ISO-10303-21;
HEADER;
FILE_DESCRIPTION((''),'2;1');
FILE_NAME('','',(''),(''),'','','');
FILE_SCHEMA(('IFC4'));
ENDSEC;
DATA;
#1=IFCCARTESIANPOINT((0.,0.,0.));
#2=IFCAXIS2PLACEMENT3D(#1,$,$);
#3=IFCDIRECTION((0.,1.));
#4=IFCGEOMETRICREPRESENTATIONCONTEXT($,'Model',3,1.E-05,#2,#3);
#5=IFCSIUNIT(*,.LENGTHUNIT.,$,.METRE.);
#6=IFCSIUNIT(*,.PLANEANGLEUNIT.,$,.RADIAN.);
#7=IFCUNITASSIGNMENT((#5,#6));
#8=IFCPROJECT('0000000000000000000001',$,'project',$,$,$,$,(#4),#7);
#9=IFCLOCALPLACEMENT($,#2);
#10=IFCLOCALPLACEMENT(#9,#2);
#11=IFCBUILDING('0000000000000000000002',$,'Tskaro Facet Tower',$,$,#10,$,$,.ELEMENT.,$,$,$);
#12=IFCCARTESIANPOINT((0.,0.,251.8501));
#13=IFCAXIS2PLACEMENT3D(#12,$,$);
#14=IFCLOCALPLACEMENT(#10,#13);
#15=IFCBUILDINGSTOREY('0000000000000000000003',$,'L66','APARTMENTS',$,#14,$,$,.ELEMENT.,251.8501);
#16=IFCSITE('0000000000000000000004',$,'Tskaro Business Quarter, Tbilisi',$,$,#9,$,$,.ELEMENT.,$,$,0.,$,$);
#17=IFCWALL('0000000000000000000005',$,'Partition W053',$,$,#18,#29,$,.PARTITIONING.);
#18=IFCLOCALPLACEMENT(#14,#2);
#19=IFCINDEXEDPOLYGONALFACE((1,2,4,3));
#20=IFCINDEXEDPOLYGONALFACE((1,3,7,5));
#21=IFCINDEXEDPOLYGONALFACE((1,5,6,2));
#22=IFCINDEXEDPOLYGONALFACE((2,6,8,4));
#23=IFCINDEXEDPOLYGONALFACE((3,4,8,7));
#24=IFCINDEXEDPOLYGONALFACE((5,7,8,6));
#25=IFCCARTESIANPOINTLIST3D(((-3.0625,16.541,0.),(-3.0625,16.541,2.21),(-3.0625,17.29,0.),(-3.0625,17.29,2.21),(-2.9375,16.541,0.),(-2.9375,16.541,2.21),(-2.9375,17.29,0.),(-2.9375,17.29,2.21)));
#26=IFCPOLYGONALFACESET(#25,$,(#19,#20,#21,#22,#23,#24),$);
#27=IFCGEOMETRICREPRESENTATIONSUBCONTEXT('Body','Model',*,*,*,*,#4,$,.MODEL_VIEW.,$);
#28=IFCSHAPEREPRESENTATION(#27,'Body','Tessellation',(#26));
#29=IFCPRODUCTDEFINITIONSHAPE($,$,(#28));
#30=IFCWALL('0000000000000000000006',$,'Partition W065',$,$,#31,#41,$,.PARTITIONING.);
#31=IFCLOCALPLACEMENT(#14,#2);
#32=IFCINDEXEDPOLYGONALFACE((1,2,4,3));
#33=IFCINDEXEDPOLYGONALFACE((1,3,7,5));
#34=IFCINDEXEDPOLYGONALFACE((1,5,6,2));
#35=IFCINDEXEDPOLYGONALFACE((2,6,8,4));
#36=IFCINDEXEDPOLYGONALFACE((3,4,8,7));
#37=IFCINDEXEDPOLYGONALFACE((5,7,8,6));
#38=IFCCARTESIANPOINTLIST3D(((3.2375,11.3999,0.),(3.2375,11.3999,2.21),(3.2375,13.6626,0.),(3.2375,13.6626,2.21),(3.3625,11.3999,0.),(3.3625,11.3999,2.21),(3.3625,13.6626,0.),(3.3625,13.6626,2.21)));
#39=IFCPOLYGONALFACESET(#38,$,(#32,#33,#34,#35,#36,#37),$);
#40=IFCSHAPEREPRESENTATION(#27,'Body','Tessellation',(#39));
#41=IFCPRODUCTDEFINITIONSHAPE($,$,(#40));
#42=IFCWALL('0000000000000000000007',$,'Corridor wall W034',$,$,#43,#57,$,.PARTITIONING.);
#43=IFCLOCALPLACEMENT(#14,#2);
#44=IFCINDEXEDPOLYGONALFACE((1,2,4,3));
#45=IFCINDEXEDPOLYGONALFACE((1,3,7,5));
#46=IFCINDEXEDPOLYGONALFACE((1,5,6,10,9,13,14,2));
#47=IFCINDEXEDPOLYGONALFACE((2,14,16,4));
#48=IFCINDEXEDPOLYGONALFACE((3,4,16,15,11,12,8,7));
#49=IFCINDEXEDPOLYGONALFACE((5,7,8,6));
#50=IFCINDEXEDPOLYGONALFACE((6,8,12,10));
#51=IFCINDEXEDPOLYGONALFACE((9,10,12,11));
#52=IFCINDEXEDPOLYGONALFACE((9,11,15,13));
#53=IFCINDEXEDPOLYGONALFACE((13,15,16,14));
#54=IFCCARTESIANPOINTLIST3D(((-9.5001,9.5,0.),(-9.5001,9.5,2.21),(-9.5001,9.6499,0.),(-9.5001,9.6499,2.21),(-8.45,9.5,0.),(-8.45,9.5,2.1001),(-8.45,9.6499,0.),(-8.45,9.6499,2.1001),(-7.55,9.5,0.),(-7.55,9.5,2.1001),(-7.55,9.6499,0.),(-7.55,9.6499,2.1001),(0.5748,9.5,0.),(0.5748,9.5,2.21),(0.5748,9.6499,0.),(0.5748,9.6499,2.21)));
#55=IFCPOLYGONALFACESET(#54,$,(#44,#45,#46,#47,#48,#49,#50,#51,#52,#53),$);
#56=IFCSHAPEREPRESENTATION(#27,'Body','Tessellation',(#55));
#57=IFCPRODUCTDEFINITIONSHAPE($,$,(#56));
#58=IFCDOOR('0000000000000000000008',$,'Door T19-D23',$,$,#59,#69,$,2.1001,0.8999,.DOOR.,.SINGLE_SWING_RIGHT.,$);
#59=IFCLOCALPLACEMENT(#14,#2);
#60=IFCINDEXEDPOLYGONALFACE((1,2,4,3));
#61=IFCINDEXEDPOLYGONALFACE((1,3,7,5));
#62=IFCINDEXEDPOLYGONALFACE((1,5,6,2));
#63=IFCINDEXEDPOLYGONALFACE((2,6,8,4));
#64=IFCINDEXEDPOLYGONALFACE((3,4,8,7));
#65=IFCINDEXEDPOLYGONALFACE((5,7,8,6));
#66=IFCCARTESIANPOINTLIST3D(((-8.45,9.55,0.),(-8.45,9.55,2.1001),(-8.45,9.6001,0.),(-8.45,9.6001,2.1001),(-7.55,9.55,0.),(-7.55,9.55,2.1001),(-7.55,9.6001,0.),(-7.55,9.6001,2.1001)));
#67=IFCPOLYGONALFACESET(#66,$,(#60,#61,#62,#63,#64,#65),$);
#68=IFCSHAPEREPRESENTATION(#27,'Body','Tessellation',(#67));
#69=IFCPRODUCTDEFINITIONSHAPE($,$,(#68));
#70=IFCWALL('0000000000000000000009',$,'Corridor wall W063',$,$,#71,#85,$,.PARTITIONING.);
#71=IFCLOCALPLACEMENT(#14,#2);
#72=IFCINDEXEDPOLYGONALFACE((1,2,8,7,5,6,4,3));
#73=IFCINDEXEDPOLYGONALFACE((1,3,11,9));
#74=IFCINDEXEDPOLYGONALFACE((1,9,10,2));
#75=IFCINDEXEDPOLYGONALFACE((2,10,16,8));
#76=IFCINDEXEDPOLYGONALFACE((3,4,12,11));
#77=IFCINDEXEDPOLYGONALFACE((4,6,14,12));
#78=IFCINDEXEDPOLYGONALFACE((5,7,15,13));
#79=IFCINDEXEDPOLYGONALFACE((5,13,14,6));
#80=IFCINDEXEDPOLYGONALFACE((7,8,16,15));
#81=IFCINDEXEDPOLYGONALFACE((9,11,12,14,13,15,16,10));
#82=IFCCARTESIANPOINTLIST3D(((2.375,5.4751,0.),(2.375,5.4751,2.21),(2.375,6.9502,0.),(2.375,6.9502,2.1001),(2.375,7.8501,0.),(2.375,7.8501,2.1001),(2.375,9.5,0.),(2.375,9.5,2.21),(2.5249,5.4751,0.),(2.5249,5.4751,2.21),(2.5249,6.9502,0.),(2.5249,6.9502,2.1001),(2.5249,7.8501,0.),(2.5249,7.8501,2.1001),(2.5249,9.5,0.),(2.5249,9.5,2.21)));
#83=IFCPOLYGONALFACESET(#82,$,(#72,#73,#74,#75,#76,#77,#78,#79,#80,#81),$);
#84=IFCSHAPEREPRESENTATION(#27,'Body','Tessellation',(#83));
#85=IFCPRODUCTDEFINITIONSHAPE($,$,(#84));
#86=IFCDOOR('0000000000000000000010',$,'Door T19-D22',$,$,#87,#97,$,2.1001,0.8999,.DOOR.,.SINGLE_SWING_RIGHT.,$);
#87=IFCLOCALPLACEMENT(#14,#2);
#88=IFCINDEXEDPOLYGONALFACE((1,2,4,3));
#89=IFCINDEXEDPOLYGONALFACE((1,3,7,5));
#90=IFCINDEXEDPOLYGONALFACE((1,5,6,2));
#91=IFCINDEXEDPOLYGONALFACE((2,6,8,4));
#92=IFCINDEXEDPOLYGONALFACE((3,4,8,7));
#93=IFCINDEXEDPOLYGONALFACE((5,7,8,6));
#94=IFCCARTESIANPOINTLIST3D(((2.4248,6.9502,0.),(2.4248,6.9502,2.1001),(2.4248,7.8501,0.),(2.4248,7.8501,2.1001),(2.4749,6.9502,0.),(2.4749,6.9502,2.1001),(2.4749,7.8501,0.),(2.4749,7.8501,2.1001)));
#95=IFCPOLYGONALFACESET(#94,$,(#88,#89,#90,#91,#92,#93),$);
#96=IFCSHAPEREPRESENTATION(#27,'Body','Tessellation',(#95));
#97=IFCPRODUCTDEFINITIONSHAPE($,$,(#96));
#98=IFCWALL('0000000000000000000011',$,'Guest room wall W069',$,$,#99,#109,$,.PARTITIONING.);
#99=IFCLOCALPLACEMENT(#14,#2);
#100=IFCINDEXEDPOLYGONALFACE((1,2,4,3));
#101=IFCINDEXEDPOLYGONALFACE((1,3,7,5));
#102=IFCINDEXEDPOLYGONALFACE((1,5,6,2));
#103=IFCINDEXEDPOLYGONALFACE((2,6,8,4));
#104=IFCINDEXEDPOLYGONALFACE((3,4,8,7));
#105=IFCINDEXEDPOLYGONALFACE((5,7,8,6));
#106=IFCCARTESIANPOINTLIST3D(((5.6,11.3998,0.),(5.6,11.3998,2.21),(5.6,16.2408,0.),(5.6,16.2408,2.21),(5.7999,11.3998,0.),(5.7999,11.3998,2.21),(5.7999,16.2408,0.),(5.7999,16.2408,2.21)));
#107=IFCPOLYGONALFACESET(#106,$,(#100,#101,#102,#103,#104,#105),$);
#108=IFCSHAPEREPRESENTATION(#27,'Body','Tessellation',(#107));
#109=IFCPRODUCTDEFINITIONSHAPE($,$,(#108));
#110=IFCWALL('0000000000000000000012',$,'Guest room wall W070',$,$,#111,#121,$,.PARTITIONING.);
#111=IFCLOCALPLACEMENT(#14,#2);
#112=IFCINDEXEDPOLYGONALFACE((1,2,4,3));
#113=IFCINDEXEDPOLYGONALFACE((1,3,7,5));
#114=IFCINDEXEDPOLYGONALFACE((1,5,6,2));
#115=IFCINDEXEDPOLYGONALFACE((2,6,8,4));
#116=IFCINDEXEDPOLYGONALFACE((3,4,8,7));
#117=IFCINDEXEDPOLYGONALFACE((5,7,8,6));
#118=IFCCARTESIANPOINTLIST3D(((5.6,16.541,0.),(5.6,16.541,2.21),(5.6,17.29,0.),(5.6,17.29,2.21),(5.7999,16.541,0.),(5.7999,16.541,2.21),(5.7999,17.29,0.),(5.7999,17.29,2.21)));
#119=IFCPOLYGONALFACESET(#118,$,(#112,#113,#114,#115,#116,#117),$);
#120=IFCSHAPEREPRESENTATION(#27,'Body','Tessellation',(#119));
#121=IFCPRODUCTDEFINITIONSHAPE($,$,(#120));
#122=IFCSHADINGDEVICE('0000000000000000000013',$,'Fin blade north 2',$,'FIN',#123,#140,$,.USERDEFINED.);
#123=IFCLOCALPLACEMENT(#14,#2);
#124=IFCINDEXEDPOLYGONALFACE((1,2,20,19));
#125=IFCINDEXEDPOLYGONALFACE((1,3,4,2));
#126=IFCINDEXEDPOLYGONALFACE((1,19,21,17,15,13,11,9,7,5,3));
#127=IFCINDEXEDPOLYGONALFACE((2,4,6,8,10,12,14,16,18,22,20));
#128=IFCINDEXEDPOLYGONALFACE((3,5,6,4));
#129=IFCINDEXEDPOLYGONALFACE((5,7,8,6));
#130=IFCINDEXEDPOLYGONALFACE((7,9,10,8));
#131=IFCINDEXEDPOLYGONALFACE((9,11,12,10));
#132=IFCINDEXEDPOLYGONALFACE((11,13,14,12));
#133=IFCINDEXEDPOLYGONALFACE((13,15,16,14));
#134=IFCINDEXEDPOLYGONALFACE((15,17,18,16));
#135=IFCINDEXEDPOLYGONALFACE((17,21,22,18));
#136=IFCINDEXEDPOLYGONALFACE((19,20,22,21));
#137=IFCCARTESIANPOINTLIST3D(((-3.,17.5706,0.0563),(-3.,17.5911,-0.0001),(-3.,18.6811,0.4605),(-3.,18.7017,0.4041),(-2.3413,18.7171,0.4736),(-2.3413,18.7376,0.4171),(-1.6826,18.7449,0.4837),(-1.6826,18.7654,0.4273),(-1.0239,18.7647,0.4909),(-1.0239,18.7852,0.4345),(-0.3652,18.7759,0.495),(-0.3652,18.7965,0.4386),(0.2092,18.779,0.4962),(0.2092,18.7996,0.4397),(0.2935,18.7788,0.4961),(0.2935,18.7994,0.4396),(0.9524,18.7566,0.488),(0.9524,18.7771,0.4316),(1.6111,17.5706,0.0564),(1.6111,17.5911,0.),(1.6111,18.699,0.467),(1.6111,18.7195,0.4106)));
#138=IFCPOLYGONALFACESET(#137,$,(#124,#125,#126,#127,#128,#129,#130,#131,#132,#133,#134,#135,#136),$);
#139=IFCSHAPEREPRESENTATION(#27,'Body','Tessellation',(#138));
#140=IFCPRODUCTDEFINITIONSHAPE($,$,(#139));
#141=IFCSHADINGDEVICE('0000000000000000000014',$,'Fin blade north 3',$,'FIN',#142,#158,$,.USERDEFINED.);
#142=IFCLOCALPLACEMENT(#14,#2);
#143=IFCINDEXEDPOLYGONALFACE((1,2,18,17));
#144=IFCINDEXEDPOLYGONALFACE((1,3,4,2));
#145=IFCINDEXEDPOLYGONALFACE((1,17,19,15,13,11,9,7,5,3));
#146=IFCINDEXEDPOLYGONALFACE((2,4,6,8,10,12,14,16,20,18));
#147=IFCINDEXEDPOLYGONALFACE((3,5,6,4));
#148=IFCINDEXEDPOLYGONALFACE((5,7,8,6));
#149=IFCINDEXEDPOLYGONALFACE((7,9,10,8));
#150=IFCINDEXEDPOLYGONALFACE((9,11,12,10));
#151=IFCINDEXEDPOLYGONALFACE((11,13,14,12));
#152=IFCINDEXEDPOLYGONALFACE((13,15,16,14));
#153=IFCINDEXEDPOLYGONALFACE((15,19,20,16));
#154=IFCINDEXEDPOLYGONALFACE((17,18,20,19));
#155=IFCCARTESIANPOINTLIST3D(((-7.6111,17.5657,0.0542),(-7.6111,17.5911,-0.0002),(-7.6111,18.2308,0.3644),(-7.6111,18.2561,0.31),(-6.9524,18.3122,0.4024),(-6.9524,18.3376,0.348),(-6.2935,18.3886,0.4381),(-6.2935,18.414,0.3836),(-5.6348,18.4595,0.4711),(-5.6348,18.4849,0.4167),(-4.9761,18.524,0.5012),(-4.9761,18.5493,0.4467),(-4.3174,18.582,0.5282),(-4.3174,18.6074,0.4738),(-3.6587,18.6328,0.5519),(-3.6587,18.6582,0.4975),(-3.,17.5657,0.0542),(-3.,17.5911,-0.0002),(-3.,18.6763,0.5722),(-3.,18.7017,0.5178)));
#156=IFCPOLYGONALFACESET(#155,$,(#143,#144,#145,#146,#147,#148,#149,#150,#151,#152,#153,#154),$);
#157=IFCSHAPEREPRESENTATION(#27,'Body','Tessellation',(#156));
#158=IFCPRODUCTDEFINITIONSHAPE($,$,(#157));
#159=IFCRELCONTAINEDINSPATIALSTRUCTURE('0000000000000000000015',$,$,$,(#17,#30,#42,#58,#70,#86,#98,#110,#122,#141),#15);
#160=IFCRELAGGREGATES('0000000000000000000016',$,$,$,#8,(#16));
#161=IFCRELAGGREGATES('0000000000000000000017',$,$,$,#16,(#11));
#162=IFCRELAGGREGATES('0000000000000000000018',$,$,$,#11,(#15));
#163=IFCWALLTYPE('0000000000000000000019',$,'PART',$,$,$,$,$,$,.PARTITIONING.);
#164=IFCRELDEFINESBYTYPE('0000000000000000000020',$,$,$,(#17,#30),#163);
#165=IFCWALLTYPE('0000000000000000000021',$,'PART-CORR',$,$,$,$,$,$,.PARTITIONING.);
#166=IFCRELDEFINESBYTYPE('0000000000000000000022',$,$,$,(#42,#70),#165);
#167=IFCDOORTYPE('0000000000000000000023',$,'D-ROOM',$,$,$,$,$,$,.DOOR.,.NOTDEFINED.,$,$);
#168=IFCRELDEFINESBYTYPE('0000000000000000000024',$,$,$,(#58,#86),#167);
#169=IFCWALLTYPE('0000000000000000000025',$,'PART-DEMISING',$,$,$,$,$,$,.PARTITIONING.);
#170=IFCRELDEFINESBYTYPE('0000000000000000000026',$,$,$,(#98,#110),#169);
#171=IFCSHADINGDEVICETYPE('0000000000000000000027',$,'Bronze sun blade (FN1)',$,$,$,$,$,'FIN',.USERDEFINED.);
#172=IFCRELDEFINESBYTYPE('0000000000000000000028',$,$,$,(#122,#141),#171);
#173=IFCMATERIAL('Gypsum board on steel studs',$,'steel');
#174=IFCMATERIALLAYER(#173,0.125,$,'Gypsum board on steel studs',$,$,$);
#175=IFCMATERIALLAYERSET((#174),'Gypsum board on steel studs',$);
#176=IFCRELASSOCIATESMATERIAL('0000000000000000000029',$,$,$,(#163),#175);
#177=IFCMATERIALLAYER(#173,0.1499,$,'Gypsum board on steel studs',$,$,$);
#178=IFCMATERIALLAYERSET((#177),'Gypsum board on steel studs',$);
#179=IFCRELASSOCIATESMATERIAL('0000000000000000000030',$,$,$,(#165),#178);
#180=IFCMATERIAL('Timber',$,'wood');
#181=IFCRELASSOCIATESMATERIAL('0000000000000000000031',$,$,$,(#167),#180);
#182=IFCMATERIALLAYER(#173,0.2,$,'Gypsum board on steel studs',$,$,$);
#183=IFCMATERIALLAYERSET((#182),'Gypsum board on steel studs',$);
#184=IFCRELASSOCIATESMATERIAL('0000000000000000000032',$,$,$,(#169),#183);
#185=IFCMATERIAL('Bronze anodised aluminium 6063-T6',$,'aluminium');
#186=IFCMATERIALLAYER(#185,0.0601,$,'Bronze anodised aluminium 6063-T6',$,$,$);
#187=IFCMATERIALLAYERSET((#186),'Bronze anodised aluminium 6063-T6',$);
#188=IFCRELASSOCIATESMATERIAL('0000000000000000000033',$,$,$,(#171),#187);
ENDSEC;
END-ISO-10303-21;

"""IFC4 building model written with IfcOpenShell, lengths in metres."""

from ifc_helpers import new_model, si_unit, direction, frame, frame_2d, origin, place, context, subcontext, project, spatial, polyline, rectangle, outline, extrude, material, layer, layer_set, type_object, element, fill, save


model = new_model("IFC4")

# Units and contexts
model_context = context("Model", 3, precision=1e-05, world=origin(), true_north=direction((0.0, 1.0)))
body_context = subcontext(model_context, "Body", "Model", "MODEL_VIEW")
ifc_project = project(units=[si_unit("LENGTHUNIT", "METRE"), si_unit("PLANEANGLEUNIT", "RADIAN")], contexts=[model_context])

# Site, building, storey
site_placement = place(None, origin())
site = spatial("IfcSite", under=ifc_project, at=site_placement, Name="Tskaro Business Quarter, Tbilisi", CompositionType="ELEMENT", RefElevation=0.0)
building_placement = place(site_placement, origin())
building = spatial("IfcBuilding", under=site, at=building_placement, Name="Tskaro Facet Tower", CompositionType="ELEMENT")
storey_placement = place(building_placement, frame((0.0, 0.0, 251.8501)))
storey = spatial("IfcBuildingStorey", under=building, at=storey_placement, Name="L66", Description="APARTMENTS", CompositionType="ELEMENT", Elevation=251.8501)

# Shared definitions
ifc_material_1 = material(Name="Bronze anodised aluminium 6063-T6", Category="aluminium")

# Walls
ifc_material_2 = material(Name="Gypsum board on steel studs", Category="steel")
ifc_layer_1 = layer(ifc_material_2, 0.125, Name="Gypsum board on steel studs")
ifc_layer_set_1 = layer_set([ifc_layer_1], Name="Gypsum board on steel studs")
wall_type_1 = type_object("IfcWallType", Name="PART", PredefinedType="PARTITIONING", material=ifc_layer_set_1)
wall_1_placement = place(storey_placement, frame((-3.0, 16.541, 0.0), z_axis=(0.0, 0.0, 1.0), x_axis=(0.0, 1.0, 0.0)))
element("IfcWall", 1, at=wall_1_placement, inside=storey, type_object=wall_type_1, Name="Partition W053", PredefinedType="PARTITIONING", context=body_context, shape_type="SweptSolid", body=[
    extrude(rectangle(XDim=0.749, YDim=0.125, at=frame_2d((0.3745, 0.0))), origin(), (0.0, 0.0, 1.0), 2.21),
])
wall_2_placement = place(storey_placement, frame((3.3, 11.3999, 0.0), z_axis=(0.0, 0.0, 1.0), x_axis=(0.0, 1.0, 0.0)))
element("IfcWall", 2, at=wall_2_placement, inside=storey, type_object=wall_type_1, Name="Partition W065", PredefinedType="PARTITIONING", context=body_context, shape_type="SweptSolid", body=[
    extrude(rectangle(XDim=2.2627, YDim=0.125, at=frame_2d((1.1313, 0.0))), origin(), (0.0, 0.0, 1.0), 2.21),
])

# Walls, openings, doors
ifc_layer_2 = layer(ifc_material_2, 0.1499, Name="Gypsum board on steel studs")
ifc_layer_set_2 = layer_set([ifc_layer_2], Name="Gypsum board on steel studs")
wall_type_2 = type_object("IfcWallType", Name="PART-CORR", PredefinedType="PARTITIONING", material=ifc_layer_set_2)
wall_3_placement = place(storey_placement, frame((0.575, 9.575, 0.0), z_axis=(0.0, 0.0, 1.0), x_axis=(-1.0, 0.0, 0.0)))
wall_3 = element("IfcWall", 3, at=wall_3_placement, inside=storey, type_object=wall_type_2, Name="Corridor wall W034", PredefinedType="PARTITIONING", context=body_context, shape_type="SweptSolid", body=[
    extrude(rectangle(XDim=10.075, YDim=0.1499, at=frame_2d((5.0376, 0.0))), origin(), (0.0, 0.0, 1.0), 2.21),
])
opening_1_placement = place(wall_3_placement, frame((8.125, 0.0, 0.0)))
opening_1 = element("IfcOpeningElement", 4, at=opening_1_placement, cuts=wall_3, PredefinedType="OPENING", context=body_context, shape_type="SweptSolid", body=[
    extrude(rectangle(XDim=0.8999, YDim=2.1001, at=frame_2d((0.45, 1.05))), frame((0.0, 0.085, 0.0), z_axis=(0.0, -1.0, 0.0), x_axis=(1.0, 0.0, 0.0)), (0.0, 0.0, 1.0), 0.1699),
])
ifc_material_3 = material(Name="Timber", Category="wood")
door_type = type_object("IfcDoorType", Name="D-ROOM", OperationType="NOTDEFINED", PredefinedType="DOOR", material=ifc_material_3)
door_1_placement = place(opening_1_placement, origin())
door_1 = element("IfcDoor", 5, at=door_1_placement, inside=storey, type_object=door_type, Name="Door T19-D23", OperationType="SINGLE_SWING_RIGHT", OverallHeight=2.1001, OverallWidth=0.8999, PredefinedType="DOOR", context=body_context, shape_type="SweptSolid", body=[
    extrude(rectangle(XDim=0.8999, YDim=2.1001, at=frame_2d((0.45, 1.05))), frame((0.0, 0.0249, 0.0), z_axis=(0.0, -1.0, 0.0), x_axis=(1.0, 0.0, 0.0)), (0.0, 0.0, 1.0), 0.05),
])
fill(opening_1, door_1)
wall_4_placement = place(storey_placement, frame((2.45, 9.5, 0.0), z_axis=(0.0, 0.0, 1.0), x_axis=(0.0, -1.0, 0.0)))
wall_4 = element("IfcWall", 6, at=wall_4_placement, inside=storey, type_object=wall_type_2, Name="Corridor wall W063", PredefinedType="PARTITIONING", context=body_context, shape_type="SweptSolid", body=[
    extrude(rectangle(XDim=4.0249, YDim=0.1499, at=frame_2d((2.0125, 0.0))), origin(), (0.0, 0.0, 1.0), 2.21),
])
opening_2_placement = place(wall_4_placement, frame((1.6499, 0.0, 0.0)))
opening_2 = element("IfcOpeningElement", 7, at=opening_2_placement, cuts=wall_4, PredefinedType="OPENING", context=body_context, shape_type="SweptSolid", body=[
    extrude(rectangle(XDim=0.8999, YDim=2.1001, at=frame_2d((0.45, 1.05))), frame((0.0, 0.085, 0.0), z_axis=(0.0, -1.0, 0.0), x_axis=(1.0, 0.0, 0.0)), (0.0, 0.0, 1.0), 0.1699),
])
door_2_placement = place(opening_2_placement, origin())
door_2 = element("IfcDoor", 8, at=door_2_placement, inside=storey, type_object=door_type, Name="Door T19-D22", OperationType="SINGLE_SWING_RIGHT", OverallHeight=2.1001, OverallWidth=0.8999, PredefinedType="DOOR", context=body_context, shape_type="SweptSolid", body=[
    extrude(rectangle(XDim=0.8999, YDim=2.1001, at=frame_2d((0.45, 1.05))), frame((0.0, 0.0249, 0.0), z_axis=(0.0, -1.0, 0.0), x_axis=(1.0, 0.0, 0.0)), (0.0, 0.0, 1.0), 0.05),
])
fill(opening_2, door_2)

# Walls
ifc_layer_3 = layer(ifc_material_2, 0.2, Name="Gypsum board on steel studs")
ifc_layer_set_3 = layer_set([ifc_layer_3], Name="Gypsum board on steel studs")
wall_type_3 = type_object("IfcWallType", Name="PART-DEMISING", PredefinedType="PARTITIONING", material=ifc_layer_set_3)
wall_5_placement = place(storey_placement, frame((5.7, 11.3999, 0.0), z_axis=(0.0, 0.0, 1.0), x_axis=(0.0, 1.0, 0.0)))
element("IfcWall", 9, at=wall_5_placement, inside=storey, type_object=wall_type_3, Name="Guest room wall W069", PredefinedType="PARTITIONING", context=body_context, shape_type="SweptSolid", body=[
    extrude(rectangle(XDim=4.8411, YDim=0.2, at=frame_2d((2.4204, 0.0))), origin(), (0.0, 0.0, 1.0), 2.21),
])
wall_6_placement = place(storey_placement, frame((5.7, 16.541, 0.0), z_axis=(0.0, 0.0, 1.0), x_axis=(0.0, 1.0, 0.0)))
element("IfcWall", 10, at=wall_6_placement, inside=storey, type_object=wall_type_3, Name="Guest room wall W070", PredefinedType="PARTITIONING", context=body_context, shape_type="SweptSolid", body=[
    extrude(rectangle(XDim=0.749, YDim=0.2, at=frame_2d((0.3745, 0.0))), origin(), (0.0, 0.0, 1.0), 2.21),
])

# Shading devices
ifc_layer_4 = layer(ifc_material_1, 0.0601, Name="Bronze anodised aluminium 6063-T6")
ifc_layer_set_4 = layer_set([ifc_layer_4], Name="Bronze anodised aluminium 6063-T6")
shading_device_type = type_object("IfcShadingDeviceType", Name="Bronze sun blade (FN1)", ElementType="FIN", PredefinedType="USERDEFINED", material=ifc_layer_set_4)
shading_device_1_placement = place(storey_placement, frame((1.6111, 17.5706, 0.0564), z_axis=(-0.000011, -0.341967, 0.939712), x_axis=(-1.0, 0.000004, -0.00001)))
element("IfcShadingDevice", 11, at=shading_device_1_placement, inside=storey, type_object=shading_device_type, Name="Fin blade north 2", ObjectType="FIN", PredefinedType="USERDEFINED", context=body_context, shape_type="SweptSolid", body=[
    extrude(outline(polyline([(0.0, 0.0), (4.6111, 0.0), (4.6111, -1.1818), (3.9524, -1.22), (3.2937, -1.2496), (2.635, -1.2707), (1.9763, -1.2827), (1.4019, -1.286), (1.3176, -1.2858), (0.6587, -1.2621), (0.0, -1.2008), (0.0, 0.0)])), origin(), (0.0, 0.0, -1.0), 0.0601),
])
shading_device_2_placement = place(storey_placement, frame((-3.0, 17.5657, 0.0542), z_axis=(0.000001, -0.422704, 0.906268), x_axis=(-1.0, 0.0, 0.000001)))
element("IfcShadingDevice", 12, at=shading_device_2_placement, inside=storey, type_object=shading_device_type, Name="Fin blade north 3", ObjectType="FIN", PredefinedType="USERDEFINED", context=body_context, shape_type="SweptSolid", body=[
    extrude(outline(polyline([(0.0, 0.0), (4.6111, 0.0), (4.6111, -0.7339), (3.9524, -0.8238), (3.2935, -0.9081), (2.6348, -0.9863), (1.9761, -1.0574), (1.3174, -1.1214), (0.6587, -1.1775), (0.0, -1.2255), (0.0, 0.0)])), origin(), (0.0, 0.0, -1.0), 0.0601),
])

save(model, "model.ifc")
